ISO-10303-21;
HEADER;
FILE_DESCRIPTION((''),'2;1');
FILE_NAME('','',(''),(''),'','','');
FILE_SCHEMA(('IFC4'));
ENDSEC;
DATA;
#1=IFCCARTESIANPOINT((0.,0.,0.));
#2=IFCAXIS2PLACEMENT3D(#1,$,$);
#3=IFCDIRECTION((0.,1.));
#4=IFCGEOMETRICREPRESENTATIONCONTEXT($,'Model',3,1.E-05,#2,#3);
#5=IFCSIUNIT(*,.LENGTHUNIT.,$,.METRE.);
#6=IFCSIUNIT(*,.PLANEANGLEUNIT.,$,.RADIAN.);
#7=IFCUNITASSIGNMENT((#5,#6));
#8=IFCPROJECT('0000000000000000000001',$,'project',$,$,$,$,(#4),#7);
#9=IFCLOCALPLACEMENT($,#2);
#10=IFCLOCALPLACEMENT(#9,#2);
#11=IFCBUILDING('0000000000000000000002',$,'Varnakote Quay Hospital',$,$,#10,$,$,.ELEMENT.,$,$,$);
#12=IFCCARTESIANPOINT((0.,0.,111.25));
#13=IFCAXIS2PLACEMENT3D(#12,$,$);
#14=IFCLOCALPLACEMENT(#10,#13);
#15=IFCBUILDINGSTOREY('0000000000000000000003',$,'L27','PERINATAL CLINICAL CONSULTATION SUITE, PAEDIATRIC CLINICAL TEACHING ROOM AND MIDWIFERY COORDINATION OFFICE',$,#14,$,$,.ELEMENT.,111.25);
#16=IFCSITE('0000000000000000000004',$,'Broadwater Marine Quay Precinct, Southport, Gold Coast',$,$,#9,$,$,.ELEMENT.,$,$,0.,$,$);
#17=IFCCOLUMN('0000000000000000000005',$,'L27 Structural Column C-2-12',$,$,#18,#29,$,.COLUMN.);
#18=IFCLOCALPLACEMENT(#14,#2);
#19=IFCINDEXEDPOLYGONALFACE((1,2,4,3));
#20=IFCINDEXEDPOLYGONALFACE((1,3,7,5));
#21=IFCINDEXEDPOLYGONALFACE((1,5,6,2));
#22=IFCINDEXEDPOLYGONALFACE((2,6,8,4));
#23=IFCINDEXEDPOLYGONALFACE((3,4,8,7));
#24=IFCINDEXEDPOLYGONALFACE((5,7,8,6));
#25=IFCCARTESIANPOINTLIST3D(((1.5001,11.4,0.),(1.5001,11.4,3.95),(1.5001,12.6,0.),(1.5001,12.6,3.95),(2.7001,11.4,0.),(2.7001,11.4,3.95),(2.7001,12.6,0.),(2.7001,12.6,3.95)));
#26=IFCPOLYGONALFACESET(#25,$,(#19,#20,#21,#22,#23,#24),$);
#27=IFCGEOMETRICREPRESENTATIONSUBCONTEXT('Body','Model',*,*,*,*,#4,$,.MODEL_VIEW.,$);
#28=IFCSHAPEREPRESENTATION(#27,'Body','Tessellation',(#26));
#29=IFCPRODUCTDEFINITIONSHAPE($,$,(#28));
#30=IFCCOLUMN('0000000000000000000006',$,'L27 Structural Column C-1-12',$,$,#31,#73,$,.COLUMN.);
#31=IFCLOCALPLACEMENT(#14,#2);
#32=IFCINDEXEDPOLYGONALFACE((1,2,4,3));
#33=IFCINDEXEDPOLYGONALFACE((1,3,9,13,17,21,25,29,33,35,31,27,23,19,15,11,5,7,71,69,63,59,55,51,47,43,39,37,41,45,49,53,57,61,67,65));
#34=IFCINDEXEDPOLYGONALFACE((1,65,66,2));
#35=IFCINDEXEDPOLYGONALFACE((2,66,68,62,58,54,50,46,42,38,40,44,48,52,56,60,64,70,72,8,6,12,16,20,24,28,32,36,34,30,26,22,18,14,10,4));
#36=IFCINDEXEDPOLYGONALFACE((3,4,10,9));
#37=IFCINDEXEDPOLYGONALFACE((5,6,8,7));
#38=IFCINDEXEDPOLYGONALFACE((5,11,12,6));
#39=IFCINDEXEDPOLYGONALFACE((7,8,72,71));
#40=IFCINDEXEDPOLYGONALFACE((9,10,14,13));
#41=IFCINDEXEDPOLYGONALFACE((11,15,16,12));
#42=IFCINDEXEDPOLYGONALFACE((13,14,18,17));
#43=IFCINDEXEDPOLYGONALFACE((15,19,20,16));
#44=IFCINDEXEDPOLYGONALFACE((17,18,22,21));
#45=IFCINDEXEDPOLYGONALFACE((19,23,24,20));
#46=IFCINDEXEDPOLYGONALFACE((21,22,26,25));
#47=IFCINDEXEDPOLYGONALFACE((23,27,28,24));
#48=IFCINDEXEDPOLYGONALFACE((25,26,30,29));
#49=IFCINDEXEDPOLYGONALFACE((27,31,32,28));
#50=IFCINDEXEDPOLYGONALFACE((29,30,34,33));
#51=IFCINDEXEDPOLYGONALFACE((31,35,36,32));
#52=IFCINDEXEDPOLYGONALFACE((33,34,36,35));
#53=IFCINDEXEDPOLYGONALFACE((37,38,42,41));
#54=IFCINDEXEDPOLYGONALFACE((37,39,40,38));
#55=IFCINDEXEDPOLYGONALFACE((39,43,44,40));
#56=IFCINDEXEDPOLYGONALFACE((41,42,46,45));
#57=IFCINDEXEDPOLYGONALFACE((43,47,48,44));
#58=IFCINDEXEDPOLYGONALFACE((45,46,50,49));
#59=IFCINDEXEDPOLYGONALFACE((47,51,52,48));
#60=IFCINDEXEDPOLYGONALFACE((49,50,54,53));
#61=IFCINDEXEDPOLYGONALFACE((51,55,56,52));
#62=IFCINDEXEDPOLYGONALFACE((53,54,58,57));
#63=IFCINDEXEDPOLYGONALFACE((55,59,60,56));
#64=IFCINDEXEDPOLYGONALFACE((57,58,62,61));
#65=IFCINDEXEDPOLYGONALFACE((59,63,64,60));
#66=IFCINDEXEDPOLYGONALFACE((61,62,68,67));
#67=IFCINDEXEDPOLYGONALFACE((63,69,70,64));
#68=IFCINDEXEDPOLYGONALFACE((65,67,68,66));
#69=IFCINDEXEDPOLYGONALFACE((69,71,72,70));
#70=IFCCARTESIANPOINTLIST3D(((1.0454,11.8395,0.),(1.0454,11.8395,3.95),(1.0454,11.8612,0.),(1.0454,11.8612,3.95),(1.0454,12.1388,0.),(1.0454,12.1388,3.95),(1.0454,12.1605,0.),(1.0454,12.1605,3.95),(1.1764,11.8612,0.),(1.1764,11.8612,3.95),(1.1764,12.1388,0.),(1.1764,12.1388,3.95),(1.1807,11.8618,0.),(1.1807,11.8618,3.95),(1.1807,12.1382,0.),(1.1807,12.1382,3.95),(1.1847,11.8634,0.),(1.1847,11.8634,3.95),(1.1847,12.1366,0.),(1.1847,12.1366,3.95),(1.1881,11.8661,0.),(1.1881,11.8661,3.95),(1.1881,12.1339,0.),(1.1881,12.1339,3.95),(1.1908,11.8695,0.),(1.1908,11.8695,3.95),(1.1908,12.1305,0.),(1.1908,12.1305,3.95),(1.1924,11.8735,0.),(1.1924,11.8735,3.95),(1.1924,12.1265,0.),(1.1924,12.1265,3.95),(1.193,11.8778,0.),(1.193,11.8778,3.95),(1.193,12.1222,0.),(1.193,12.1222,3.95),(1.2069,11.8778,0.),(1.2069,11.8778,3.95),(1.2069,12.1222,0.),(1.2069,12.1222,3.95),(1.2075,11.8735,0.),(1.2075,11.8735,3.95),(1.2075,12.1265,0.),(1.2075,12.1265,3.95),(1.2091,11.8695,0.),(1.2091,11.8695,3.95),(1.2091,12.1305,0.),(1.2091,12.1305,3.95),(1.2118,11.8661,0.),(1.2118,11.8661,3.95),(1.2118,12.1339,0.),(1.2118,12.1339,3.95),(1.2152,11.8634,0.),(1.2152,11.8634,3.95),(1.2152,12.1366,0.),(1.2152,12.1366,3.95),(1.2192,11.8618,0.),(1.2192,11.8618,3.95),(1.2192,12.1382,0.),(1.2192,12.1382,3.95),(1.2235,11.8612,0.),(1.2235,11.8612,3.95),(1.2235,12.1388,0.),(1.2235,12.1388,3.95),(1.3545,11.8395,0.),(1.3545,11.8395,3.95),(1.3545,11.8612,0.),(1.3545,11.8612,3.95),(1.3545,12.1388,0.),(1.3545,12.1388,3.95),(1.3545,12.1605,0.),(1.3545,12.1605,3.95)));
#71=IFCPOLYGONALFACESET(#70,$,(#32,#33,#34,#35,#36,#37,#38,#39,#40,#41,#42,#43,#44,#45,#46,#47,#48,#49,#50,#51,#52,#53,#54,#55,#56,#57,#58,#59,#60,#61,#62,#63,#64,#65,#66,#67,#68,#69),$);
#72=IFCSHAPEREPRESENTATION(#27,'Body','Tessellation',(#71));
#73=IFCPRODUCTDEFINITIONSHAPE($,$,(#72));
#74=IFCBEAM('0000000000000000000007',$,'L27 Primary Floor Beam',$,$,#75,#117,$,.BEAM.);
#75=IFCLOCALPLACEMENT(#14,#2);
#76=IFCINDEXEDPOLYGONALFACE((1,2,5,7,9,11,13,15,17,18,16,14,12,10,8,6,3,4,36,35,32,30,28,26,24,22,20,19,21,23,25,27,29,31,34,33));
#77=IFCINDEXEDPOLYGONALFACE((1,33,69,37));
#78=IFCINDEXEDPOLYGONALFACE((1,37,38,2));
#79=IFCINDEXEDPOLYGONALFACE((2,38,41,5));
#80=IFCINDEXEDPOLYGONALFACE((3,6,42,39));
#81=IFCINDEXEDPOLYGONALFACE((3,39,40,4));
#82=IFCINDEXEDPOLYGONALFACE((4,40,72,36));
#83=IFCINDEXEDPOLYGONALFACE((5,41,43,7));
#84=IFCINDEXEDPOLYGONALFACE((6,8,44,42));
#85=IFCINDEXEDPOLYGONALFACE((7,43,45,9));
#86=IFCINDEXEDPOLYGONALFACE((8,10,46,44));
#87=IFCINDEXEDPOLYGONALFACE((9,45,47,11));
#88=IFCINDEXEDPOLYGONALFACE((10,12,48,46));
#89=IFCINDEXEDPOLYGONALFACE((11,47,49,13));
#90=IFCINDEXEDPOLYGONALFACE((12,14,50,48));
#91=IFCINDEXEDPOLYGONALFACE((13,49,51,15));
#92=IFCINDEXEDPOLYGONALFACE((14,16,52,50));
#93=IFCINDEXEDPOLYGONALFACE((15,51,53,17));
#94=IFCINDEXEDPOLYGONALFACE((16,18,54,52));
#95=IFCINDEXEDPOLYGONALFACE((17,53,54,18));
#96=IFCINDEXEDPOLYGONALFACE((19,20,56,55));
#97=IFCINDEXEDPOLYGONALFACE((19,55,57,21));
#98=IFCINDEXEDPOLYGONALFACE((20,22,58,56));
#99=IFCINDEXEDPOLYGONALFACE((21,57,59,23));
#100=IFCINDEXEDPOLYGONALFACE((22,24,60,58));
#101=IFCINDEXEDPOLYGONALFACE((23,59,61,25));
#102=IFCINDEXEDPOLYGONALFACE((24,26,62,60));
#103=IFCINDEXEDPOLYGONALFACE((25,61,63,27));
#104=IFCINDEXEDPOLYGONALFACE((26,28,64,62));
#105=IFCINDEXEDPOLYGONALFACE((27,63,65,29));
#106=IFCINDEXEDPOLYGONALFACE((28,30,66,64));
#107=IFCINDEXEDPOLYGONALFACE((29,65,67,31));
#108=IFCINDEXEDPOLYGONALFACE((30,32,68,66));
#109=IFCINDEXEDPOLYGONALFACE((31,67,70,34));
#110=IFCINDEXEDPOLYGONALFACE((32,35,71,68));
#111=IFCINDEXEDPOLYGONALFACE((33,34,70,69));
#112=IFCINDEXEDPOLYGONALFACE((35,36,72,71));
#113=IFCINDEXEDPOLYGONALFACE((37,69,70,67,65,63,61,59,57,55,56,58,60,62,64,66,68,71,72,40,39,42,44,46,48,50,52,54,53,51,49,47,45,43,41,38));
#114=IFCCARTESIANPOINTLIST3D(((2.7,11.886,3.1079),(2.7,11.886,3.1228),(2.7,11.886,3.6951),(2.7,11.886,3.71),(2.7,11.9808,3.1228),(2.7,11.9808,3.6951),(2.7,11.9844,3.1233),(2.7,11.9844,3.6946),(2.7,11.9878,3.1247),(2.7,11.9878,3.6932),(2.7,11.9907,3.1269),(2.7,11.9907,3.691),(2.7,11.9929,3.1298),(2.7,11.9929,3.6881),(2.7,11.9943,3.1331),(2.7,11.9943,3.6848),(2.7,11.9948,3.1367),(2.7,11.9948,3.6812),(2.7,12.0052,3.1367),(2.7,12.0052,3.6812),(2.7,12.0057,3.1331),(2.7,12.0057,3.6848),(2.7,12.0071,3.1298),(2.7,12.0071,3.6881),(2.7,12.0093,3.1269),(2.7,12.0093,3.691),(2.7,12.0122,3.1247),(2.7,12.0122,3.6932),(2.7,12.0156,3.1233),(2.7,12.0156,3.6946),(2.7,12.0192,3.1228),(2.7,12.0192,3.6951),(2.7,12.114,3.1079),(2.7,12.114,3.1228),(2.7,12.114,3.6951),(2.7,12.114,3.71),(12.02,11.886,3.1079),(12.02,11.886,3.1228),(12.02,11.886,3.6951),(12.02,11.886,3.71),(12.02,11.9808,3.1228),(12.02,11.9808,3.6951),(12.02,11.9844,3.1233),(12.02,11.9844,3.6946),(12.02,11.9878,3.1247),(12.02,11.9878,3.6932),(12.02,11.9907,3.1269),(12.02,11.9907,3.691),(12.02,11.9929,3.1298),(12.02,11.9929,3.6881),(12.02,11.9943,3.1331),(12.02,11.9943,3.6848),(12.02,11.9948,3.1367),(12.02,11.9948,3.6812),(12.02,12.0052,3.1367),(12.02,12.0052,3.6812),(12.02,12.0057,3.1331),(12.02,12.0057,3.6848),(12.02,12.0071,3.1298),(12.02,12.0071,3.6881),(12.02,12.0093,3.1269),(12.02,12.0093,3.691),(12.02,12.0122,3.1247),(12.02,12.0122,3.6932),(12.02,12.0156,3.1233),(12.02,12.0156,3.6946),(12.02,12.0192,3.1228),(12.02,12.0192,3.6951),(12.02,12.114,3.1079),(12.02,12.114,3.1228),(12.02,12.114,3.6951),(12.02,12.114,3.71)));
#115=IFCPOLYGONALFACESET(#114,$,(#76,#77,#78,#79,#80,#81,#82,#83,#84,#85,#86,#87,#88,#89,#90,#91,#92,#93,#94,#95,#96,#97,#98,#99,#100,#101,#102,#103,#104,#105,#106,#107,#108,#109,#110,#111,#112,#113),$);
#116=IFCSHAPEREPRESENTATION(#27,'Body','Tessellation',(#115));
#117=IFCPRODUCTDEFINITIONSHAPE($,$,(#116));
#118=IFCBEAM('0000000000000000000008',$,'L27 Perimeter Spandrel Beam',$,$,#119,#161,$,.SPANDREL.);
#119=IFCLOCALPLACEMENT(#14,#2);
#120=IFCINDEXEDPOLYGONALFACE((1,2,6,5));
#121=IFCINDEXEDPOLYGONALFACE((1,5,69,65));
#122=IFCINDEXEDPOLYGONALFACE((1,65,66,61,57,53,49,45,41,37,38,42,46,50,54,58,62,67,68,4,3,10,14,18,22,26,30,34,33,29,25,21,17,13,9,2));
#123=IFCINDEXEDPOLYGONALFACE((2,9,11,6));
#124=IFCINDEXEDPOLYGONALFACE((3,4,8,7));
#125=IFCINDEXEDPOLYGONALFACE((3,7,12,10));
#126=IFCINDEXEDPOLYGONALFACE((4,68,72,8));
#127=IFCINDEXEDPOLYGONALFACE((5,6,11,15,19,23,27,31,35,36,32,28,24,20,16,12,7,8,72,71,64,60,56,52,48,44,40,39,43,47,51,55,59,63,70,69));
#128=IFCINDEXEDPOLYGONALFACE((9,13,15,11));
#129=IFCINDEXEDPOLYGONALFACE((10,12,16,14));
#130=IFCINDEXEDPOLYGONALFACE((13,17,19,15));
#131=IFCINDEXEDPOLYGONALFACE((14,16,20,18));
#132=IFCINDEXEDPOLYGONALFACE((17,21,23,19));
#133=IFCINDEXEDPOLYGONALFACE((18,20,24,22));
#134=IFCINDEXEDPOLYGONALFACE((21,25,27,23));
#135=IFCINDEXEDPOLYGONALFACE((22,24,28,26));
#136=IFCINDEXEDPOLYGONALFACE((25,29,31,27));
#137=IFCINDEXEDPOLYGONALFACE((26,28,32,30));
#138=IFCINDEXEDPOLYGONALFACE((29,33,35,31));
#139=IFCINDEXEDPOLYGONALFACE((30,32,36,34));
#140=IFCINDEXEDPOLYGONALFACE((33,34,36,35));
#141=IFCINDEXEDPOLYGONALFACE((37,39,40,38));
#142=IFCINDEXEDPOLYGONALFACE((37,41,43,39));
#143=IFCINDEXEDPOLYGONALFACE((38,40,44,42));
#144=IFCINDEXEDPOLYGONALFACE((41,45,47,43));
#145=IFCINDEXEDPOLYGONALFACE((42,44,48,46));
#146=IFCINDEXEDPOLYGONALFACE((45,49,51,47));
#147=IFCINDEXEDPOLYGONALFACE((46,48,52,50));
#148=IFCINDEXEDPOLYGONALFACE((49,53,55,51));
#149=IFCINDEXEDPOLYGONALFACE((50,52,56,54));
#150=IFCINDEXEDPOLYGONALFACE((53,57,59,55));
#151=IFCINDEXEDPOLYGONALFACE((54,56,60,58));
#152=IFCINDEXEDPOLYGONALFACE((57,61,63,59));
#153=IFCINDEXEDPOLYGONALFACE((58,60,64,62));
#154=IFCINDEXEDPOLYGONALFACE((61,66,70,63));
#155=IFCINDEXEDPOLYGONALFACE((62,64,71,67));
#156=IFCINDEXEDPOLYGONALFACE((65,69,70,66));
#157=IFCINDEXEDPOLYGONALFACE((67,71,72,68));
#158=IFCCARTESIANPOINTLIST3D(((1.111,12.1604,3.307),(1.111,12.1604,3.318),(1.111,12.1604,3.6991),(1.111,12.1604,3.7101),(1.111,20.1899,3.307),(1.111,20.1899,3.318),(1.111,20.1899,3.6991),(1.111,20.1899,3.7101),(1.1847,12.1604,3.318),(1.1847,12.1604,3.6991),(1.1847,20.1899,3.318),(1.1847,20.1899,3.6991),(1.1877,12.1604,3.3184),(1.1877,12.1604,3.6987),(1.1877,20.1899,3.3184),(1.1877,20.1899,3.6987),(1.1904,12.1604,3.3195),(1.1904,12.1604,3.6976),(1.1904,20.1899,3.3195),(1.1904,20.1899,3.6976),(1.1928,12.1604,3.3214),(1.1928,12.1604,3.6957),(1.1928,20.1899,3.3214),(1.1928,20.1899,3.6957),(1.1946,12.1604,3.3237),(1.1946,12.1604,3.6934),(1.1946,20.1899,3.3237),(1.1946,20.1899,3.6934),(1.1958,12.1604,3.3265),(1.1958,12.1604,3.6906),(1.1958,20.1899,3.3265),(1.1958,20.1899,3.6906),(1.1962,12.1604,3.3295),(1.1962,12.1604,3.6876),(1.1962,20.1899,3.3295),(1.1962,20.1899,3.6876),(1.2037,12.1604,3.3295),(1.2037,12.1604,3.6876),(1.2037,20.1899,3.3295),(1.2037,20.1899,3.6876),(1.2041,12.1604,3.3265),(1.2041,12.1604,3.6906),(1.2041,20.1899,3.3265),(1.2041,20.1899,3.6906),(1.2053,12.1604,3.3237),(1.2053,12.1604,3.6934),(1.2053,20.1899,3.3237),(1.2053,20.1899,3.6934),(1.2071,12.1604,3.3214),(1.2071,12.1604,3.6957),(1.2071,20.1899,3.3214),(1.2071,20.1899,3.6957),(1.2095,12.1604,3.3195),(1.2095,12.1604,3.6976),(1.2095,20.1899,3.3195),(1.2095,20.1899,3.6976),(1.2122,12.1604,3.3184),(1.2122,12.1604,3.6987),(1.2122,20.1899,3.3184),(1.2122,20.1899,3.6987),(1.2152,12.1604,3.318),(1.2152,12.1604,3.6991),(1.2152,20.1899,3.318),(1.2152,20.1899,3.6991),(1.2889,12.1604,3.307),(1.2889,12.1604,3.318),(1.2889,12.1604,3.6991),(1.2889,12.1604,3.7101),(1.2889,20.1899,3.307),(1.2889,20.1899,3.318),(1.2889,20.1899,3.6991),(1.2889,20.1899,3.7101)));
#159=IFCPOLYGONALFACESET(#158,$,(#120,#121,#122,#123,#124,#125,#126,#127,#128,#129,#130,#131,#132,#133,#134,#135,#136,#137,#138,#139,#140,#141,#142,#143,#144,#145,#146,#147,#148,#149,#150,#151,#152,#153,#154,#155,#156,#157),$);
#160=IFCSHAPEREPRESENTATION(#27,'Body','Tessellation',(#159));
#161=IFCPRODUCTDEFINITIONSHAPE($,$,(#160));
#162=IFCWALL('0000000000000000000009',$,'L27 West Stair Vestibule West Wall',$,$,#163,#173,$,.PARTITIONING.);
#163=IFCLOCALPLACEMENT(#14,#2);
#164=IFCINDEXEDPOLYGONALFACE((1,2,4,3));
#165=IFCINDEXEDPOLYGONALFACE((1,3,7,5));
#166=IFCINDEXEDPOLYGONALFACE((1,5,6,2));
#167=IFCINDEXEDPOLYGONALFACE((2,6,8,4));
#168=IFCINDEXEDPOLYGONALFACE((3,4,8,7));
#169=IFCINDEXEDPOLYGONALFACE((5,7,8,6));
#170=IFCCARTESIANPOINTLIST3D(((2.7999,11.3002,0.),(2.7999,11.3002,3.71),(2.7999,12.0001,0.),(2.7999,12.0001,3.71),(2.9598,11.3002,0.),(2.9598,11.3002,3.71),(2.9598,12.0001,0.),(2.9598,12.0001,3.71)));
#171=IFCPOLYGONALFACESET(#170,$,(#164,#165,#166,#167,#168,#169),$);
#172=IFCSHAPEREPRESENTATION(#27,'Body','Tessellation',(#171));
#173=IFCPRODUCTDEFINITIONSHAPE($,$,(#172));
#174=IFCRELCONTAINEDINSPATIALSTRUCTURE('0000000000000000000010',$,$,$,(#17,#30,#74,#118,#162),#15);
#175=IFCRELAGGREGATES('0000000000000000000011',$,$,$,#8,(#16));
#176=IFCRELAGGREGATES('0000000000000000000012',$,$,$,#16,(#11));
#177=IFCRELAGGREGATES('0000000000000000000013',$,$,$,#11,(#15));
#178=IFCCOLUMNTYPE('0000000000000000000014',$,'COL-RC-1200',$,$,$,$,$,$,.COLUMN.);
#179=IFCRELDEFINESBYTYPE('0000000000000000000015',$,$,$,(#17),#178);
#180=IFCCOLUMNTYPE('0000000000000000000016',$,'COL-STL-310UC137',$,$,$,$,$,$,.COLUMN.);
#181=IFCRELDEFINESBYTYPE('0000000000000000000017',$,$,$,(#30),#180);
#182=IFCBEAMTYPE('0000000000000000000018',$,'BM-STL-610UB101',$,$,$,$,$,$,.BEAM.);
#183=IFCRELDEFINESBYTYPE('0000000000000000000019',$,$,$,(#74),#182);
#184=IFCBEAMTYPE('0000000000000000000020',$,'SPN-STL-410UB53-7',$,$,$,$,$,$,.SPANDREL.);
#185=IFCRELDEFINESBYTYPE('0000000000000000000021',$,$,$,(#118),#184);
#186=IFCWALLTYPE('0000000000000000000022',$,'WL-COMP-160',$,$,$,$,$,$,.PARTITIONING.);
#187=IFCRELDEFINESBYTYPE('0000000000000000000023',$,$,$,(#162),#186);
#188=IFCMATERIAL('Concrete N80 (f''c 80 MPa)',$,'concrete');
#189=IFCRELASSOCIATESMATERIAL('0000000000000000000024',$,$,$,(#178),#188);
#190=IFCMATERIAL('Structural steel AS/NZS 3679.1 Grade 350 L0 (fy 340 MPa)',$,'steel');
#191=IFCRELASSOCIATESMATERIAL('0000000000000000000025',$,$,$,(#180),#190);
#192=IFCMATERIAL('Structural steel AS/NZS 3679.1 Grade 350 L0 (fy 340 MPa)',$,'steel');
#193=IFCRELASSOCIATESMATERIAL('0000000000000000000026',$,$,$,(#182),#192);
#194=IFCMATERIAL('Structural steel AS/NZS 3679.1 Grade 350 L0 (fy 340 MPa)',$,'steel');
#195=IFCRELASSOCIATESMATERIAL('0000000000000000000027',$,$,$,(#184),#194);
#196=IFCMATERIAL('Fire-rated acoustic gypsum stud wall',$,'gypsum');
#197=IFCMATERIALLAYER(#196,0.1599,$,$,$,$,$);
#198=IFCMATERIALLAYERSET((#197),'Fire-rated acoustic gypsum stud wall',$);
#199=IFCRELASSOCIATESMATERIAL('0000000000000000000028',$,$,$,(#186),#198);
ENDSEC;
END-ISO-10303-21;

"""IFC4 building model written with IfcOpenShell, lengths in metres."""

from ifc_helpers import new_model, si_unit, direction, frame, frame_2d, origin, origin_2d, place, context, subcontext, project, spatial, rectangle, i_section, extrude, material, layer, layer_set, material_profile, profile_set, type_object, element, save


model = new_model("IFC4")

# Units and contexts
model_context = context("Model", 3, precision=1e-05, world=origin(), true_north=direction((0.0, 1.0)))
body_context = subcontext(model_context, "Body", "Model", "MODEL_VIEW")
ifc_project = project(units=[si_unit("LENGTHUNIT", "METRE"), si_unit("PLANEANGLEUNIT", "RADIAN")], contexts=[model_context])

# Site, building, storey
site_placement = place(None, origin())
site = spatial("IfcSite", under=ifc_project, at=site_placement, Name="Broadwater Marine Quay Precinct, Southport, Gold Coast", CompositionType="ELEMENT", RefElevation=0.0)
building_placement = place(site_placement, origin())
building = spatial("IfcBuilding", under=site, at=building_placement, Name="Varnakote Quay Hospital", CompositionType="ELEMENT")
storey_placement = place(building_placement, frame((0.0, 0.0, 111.25)))
storey = spatial("IfcBuildingStorey", under=building, at=storey_placement, Name="L27", Description="PERINATAL CLINICAL CONSULTATION SUITE, PAEDIATRIC CLINICAL TEACHING ROOM AND MIDWIFERY COORDINATION OFFICE", CompositionType="ELEMENT", Elevation=111.25)

# Columns
ifc_material_1 = material(Name="Concrete N80 (f'c 80 MPa)", Category="concrete")
ifc_material_profile_1 = material_profile(ifc_material_1, rectangle(XDim=1.2, YDim=1.2, at=origin_2d()), Name="RC-COL-1200x1200")
ifc_profile_set_1 = profile_set([ifc_material_profile_1], Name="Concrete N80 (f'c 80 MPa)")
column_type_1 = type_object("IfcColumnType", Name="COL-RC-1200", PredefinedType="COLUMN", material=ifc_profile_set_1)
column_1_placement = place(storey_placement, frame((2.1001, 12.0, 0.0), z_axis=(0.0, 0.0, 1.0), x_axis=(1.0, 0.0, 0.0)))
element("IfcColumn", 1, at=column_1_placement, inside=storey, type_object=column_type_1, Name="L27 Structural Column C-2-12", PredefinedType="COLUMN", context=body_context, shape_type="SweptSolid", body=[
    extrude(rectangle(XDim=1.2, YDim=1.2, at=origin_2d()), origin(), (0.0, 0.0, 1.0), 3.95),
])
ifc_material_2 = material(Name="Structural steel AS/NZS 3679.1 Grade 350 L0 (fy 340 MPa)", Category="steel")
ifc_material_profile_2 = material_profile(ifc_material_2, i_section(OverallWidth=0.3091, OverallDepth=0.321, WebThickness=0.0139, FlangeThickness=0.0217, FilletRadius=0.0166, at=origin_2d()), Name="310UC137")
ifc_profile_set_2 = profile_set([ifc_material_profile_2], Name="Structural steel AS/NZS 3679.1 Grade 350 L0 (fy 340 MPa)")
column_type_2 = type_object("IfcColumnType", Name="COL-STL-310UC137", PredefinedType="COLUMN", material=ifc_profile_set_2)
column_2_placement = place(storey_placement, frame((1.2, 12.0, 0.0), z_axis=(0.0, 0.0, 1.0), x_axis=(1.0, 0.0, 0.0)))
element("IfcColumn", 2, at=column_2_placement, inside=storey, type_object=column_type_2, Name="L27 Structural Column C-1-12", PredefinedType="COLUMN", context=body_context, shape_type="SweptSolid", body=[
    extrude(i_section(OverallWidth=0.3091, OverallDepth=0.321, WebThickness=0.0139, FlangeThickness=0.0217, FilletRadius=0.0166, at=origin_2d()), origin(), (0.0, 0.0, 1.0), 3.95),
])

# Beams
ifc_material_3 = material(Name="Structural steel AS/NZS 3679.1 Grade 350 L0 (fy 340 MPa)", Category="steel")
ifc_material_profile_3 = material_profile(ifc_material_3, i_section(OverallWidth=0.228, OverallDepth=0.6021, WebThickness=0.0105, FlangeThickness=0.0149, FilletRadius=0.0139, at=origin_2d()), Name="610UB101")
ifc_profile_set_3 = profile_set([ifc_material_profile_3], Name="Structural steel AS/NZS 3679.1 Grade 350 L0 (fy 340 MPa)")
beam_type_1 = type_object("IfcBeamType", Name="BM-STL-610UB101", PredefinedType="BEAM", material=ifc_profile_set_3)
beam_1_placement = place(storey_placement, frame((2.7, 12.0, 3.4089), z_axis=(1.0, 0.0, 0.0), x_axis=(0.0, 1.0, 0.0)))
element("IfcBeam", 3, at=beam_1_placement, inside=storey, type_object=beam_type_1, Name="L27 Primary Floor Beam", PredefinedType="BEAM", context=body_context, shape_type="SweptSolid", body=[
    extrude(i_section(OverallWidth=0.228, OverallDepth=0.6021, WebThickness=0.0105, FlangeThickness=0.0149, FilletRadius=0.0139, at=origin_2d()), origin(), (0.0, 0.0, 1.0), 9.3201),
])
ifc_material_4 = material(Name="Structural steel AS/NZS 3679.1 Grade 350 L0 (fy 340 MPa)", Category="steel")
ifc_material_profile_4 = material_profile(ifc_material_4, i_section(OverallWidth=0.178, OverallDepth=0.4031, WebThickness=0.0076, FlangeThickness=0.011, FilletRadius=0.0115, at=origin_2d()), Name="410UB53.7")
ifc_profile_set_4 = profile_set([ifc_material_profile_4], Name="Structural steel AS/NZS 3679.1 Grade 350 L0 (fy 340 MPa)")
beam_type_2 = type_object("IfcBeamType", Name="SPN-STL-410UB53-7", PredefinedType="SPANDREL", material=ifc_profile_set_4)
beam_2_placement = place(storey_placement, frame((1.2, 12.1604, 3.5085), z_axis=(0.0, 1.0, 0.0), x_axis=(-1.0, 0.0, 0.0)))
element("IfcBeam", 4, at=beam_2_placement, inside=storey, type_object=beam_type_2, Name="L27 Perimeter Spandrel Beam", PredefinedType="SPANDREL", context=body_context, shape_type="SweptSolid", body=[
    extrude(i_section(OverallWidth=0.178, OverallDepth=0.4031, WebThickness=0.0076, FlangeThickness=0.011, FilletRadius=0.0115, at=origin_2d()), origin(), (0.0, 0.0, 1.0), 8.0295),
])

# Wall
ifc_material_5 = material(Name="Fire-rated acoustic gypsum stud wall", Category="gypsum")
ifc_layer_1 = layer(ifc_material_5, 0.1599)
ifc_layer_set_1 = layer_set([ifc_layer_1], Name="Fire-rated acoustic gypsum stud wall")
wall_type_1 = type_object("IfcWallType", Name="WL-COMP-160", PredefinedType="PARTITIONING", material=ifc_layer_set_1)
wall_1_placement = place(storey_placement, frame((2.8799, 11.3, 0.0), z_axis=(0.0, 0.0, 1.0), x_axis=(0.0, 1.0, 0.0)))
element("IfcWall", 5, at=wall_1_placement, inside=storey, type_object=wall_type_1, Name="L27 West Stair Vestibule West Wall", PredefinedType="PARTITIONING", context=body_context, shape_type="SweptSolid", body=[
    extrude(rectangle(XDim=0.7, YDim=0.1599, at=frame_2d((0.3501, 0.0))), origin(), (0.0, 0.0, 1.0), 3.71),
])

save(model, "model.ifc")
